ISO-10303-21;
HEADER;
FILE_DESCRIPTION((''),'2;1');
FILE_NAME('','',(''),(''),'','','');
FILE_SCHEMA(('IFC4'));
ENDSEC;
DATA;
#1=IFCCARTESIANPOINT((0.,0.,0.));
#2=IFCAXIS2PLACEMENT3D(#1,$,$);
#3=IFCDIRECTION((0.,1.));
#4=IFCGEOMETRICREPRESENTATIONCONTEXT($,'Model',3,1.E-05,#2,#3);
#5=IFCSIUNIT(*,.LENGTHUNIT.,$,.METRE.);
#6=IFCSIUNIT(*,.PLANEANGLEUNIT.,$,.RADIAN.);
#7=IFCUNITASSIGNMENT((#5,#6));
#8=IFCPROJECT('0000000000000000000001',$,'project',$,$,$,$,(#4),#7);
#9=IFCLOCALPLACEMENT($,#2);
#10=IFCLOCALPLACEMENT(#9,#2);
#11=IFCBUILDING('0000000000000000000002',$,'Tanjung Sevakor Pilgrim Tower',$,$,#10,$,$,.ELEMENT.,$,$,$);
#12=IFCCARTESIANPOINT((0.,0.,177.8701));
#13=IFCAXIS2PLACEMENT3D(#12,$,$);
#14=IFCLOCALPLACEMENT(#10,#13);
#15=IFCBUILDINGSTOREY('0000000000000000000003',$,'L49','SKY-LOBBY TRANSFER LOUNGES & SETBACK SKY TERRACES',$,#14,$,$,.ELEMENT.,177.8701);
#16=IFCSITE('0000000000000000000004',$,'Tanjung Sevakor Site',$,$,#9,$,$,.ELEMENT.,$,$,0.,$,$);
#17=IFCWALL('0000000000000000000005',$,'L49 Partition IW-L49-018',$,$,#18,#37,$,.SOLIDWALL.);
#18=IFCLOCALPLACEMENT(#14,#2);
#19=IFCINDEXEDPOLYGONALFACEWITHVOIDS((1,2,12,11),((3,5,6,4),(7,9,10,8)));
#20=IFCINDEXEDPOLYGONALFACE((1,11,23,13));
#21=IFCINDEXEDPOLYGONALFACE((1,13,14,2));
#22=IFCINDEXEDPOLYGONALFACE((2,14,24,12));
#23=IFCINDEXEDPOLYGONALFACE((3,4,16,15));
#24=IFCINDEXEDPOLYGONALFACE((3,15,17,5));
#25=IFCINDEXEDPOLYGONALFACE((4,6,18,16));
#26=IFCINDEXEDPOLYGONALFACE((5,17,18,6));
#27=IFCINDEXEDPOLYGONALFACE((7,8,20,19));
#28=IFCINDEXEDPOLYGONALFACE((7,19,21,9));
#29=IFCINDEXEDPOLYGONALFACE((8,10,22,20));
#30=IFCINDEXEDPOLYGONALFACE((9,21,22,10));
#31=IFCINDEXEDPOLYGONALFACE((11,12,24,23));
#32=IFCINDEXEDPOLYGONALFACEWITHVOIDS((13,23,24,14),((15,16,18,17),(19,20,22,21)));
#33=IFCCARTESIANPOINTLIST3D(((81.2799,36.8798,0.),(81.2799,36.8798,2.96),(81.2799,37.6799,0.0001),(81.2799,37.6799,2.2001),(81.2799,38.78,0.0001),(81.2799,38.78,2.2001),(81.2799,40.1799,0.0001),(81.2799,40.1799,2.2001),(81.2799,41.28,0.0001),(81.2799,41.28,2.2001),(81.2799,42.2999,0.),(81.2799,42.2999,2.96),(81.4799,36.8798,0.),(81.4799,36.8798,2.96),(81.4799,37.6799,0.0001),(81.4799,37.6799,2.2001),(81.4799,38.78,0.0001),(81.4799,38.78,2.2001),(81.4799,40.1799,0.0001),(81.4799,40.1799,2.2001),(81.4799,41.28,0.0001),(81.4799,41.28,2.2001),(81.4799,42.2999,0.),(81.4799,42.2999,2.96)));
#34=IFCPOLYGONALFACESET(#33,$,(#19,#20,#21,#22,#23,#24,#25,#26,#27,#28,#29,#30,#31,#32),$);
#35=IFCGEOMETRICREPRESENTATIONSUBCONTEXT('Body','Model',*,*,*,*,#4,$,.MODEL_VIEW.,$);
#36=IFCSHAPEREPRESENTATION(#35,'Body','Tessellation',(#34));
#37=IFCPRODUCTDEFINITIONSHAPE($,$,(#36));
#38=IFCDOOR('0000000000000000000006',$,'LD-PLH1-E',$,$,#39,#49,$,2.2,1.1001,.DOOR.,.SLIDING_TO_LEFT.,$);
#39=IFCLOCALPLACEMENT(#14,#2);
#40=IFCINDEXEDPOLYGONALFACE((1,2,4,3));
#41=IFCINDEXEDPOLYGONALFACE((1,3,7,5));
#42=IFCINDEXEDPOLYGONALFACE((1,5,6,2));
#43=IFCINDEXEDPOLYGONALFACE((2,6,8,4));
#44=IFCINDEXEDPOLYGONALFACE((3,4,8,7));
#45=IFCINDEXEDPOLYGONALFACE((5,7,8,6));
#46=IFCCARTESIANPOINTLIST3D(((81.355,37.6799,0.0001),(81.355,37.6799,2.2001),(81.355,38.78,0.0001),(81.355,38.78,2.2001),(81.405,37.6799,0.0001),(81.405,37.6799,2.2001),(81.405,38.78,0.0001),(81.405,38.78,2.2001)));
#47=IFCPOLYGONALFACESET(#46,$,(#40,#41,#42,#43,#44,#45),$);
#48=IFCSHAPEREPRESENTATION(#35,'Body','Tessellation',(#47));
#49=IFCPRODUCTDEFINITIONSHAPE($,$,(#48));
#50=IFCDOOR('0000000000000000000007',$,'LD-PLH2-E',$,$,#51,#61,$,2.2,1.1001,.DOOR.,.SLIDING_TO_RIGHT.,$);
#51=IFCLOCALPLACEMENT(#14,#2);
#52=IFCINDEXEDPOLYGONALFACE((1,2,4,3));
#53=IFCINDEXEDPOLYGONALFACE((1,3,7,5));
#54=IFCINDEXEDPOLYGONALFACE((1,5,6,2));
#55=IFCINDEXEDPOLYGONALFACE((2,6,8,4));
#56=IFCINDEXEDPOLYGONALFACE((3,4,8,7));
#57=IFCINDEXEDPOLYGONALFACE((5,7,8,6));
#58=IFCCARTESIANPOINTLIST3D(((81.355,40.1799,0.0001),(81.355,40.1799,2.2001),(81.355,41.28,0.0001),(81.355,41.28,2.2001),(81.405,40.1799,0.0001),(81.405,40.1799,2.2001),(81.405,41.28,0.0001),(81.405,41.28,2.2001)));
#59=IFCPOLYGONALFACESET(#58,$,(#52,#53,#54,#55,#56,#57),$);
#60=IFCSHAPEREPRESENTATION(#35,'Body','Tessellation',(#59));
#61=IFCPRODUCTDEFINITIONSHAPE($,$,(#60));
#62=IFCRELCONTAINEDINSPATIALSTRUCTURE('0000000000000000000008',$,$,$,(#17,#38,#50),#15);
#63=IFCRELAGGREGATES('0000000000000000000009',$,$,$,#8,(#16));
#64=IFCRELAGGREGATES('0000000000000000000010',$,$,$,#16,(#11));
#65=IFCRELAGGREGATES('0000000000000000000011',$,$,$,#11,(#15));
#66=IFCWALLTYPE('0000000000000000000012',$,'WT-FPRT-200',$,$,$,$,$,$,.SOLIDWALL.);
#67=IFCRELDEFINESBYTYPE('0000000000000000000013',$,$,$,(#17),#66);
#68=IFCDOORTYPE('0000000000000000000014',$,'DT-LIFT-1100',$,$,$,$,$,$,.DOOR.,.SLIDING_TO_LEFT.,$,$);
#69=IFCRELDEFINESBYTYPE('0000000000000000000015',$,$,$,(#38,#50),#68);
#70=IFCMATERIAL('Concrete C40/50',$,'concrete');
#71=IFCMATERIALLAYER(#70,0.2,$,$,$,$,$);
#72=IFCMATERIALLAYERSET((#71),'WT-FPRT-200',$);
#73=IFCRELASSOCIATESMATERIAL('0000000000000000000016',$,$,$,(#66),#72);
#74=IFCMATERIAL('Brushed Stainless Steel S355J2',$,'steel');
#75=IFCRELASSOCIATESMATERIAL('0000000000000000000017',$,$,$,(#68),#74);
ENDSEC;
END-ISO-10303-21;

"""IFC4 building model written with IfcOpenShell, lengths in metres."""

from ifc_helpers import new_model, si_unit, direction, frame, frame_2d, origin, place, context, subcontext, project, spatial, rectangle, extrude, material, layer, layer_set, type_object, element, fill, save


model = new_model("IFC4")

# Units and contexts
model_context = context("Model", 3, precision=1e-05, world=origin(), true_north=direction((0.0, 1.0)))
body_context = subcontext(model_context, "Body", "Model", "MODEL_VIEW")
ifc_project = project(units=[si_unit("LENGTHUNIT", "METRE"), si_unit("PLANEANGLEUNIT", "RADIAN")], contexts=[model_context])

# Site, building, storey
site_placement = place(None, origin())
site = spatial("IfcSite", under=ifc_project, at=site_placement, Name="Tanjung Sevakor Site", CompositionType="ELEMENT", RefElevation=0.0)
building_placement = place(site_placement, origin())
building = spatial("IfcBuilding", under=site, at=building_placement, Name="Tanjung Sevakor Pilgrim Tower", CompositionType="ELEMENT")
storey_placement = place(building_placement, frame((0.0, 0.0, 177.8701)))
storey = spatial("IfcBuildingStorey", under=building, at=storey_placement, Name="L49", Description="SKY-LOBBY TRANSFER LOUNGES & SETBACK SKY TERRACES", CompositionType="ELEMENT", Elevation=177.8701)

# Shared definitions
ifc_material_1 = material(Name="Concrete C40/50", Category="concrete")
ifc_layer_1 = layer(ifc_material_1, 0.2)
ifc_layer_set_1 = layer_set([ifc_layer_1], Name="WT-FPRT-200")
wall_type_1 = type_object("IfcWallType", Name="WT-FPRT-200", PredefinedType="SOLIDWALL", material=ifc_layer_set_1)

# Wall, openings, doors
wall_1_placement = place(storey_placement, frame((81.3799, 36.8799, 0.0), z_axis=(0.0, 0.0, 1.0), x_axis=(0.0, 1.0, 0.0)))
wall_1 = element("IfcWall", 1, at=wall_1_placement, inside=storey, type_object=wall_type_1, Name="L49 Partition IW-L49-018", PredefinedType="SOLIDWALL", context=body_context, shape_type="SweptSolid", body=[
    extrude(rectangle(XDim=5.4202, YDim=0.2, at=frame_2d((2.71, 0.0))), origin(), (0.0, 0.0, 1.0), 2.96),
])
opening_1_placement = place(wall_1_placement, frame((0.8, 0.0, 0.0)))
opening_1 = element("IfcOpeningElement", 2, at=opening_1_placement, cuts=wall_1, PredefinedType="OPENING", context=body_context, shape_type="SweptSolid", body=[
    extrude(rectangle(XDim=1.1001, YDim=2.2, at=frame_2d((0.55, 1.1001))), frame((0.0, 0.1099, 0.0), z_axis=(0.0, -1.0, 0.0), x_axis=(1.0, 0.0, 0.0)), (0.0, 0.0, 1.0), 0.22),
])
opening_2_placement = place(wall_1_placement, frame((3.3, 0.0, 0.0)))
opening_2 = element("IfcOpeningElement", 3, at=opening_2_placement, cuts=wall_1, PredefinedType="OPENING", context=body_context, shape_type="SweptSolid", body=[
    extrude(rectangle(XDim=1.1001, YDim=2.2, at=frame_2d((0.55, 1.1001))), frame((0.0, 0.1099, 0.0), z_axis=(0.0, -1.0, 0.0), x_axis=(1.0, 0.0, 0.0)), (0.0, 0.0, 1.0), 0.22),
])
ifc_material_2 = material(Name="Brushed Stainless Steel S355J2", Category="steel")
door_type_1 = type_object("IfcDoorType", Name="DT-LIFT-1100", OperationType="SLIDING_TO_LEFT", PredefinedType="DOOR", material=ifc_material_2)
door_1_placement = place(opening_1_placement, origin())
door_1 = element("IfcDoor", 4, at=door_1_placement, inside=storey, type_object=door_type_1, Name="LD-PLH1-E", OperationType="SLIDING_TO_LEFT", OverallHeight=2.2, OverallWidth=1.1001, PredefinedType="DOOR", context=body_context, shape_type="SweptSolid", body=[
    extrude(rectangle(XDim=1.1001, YDim=2.2, at=frame_2d((0.55, 1.1001))), frame((0.0, 0.0249, 0.0), z_axis=(0.0, -1.0, 0.0), x_axis=(1.0, 0.0, 0.0)), (0.0, 0.0, 1.0), 0.05),
])
fill(opening_1, door_1)
door_2_placement = place(opening_2_placement, origin())
door_2 = element("IfcDoor", 5, at=door_2_placement, inside=storey, type_object=door_type_1, Name="LD-PLH2-E", OperationType="SLIDING_TO_RIGHT", OverallHeight=2.2, OverallWidth=1.1001, PredefinedType="DOOR", context=body_context, shape_type="SweptSolid", body=[
    extrude(rectangle(XDim=1.1001, YDim=2.2, at=frame_2d((0.55, 1.1001))), frame((0.0, 0.0249, 0.0), z_axis=(0.0, -1.0, 0.0), x_axis=(1.0, 0.0, 0.0)), (0.0, 0.0, 1.0), 0.05),
])
fill(opening_2, door_2)

save(model, "model.ifc")
